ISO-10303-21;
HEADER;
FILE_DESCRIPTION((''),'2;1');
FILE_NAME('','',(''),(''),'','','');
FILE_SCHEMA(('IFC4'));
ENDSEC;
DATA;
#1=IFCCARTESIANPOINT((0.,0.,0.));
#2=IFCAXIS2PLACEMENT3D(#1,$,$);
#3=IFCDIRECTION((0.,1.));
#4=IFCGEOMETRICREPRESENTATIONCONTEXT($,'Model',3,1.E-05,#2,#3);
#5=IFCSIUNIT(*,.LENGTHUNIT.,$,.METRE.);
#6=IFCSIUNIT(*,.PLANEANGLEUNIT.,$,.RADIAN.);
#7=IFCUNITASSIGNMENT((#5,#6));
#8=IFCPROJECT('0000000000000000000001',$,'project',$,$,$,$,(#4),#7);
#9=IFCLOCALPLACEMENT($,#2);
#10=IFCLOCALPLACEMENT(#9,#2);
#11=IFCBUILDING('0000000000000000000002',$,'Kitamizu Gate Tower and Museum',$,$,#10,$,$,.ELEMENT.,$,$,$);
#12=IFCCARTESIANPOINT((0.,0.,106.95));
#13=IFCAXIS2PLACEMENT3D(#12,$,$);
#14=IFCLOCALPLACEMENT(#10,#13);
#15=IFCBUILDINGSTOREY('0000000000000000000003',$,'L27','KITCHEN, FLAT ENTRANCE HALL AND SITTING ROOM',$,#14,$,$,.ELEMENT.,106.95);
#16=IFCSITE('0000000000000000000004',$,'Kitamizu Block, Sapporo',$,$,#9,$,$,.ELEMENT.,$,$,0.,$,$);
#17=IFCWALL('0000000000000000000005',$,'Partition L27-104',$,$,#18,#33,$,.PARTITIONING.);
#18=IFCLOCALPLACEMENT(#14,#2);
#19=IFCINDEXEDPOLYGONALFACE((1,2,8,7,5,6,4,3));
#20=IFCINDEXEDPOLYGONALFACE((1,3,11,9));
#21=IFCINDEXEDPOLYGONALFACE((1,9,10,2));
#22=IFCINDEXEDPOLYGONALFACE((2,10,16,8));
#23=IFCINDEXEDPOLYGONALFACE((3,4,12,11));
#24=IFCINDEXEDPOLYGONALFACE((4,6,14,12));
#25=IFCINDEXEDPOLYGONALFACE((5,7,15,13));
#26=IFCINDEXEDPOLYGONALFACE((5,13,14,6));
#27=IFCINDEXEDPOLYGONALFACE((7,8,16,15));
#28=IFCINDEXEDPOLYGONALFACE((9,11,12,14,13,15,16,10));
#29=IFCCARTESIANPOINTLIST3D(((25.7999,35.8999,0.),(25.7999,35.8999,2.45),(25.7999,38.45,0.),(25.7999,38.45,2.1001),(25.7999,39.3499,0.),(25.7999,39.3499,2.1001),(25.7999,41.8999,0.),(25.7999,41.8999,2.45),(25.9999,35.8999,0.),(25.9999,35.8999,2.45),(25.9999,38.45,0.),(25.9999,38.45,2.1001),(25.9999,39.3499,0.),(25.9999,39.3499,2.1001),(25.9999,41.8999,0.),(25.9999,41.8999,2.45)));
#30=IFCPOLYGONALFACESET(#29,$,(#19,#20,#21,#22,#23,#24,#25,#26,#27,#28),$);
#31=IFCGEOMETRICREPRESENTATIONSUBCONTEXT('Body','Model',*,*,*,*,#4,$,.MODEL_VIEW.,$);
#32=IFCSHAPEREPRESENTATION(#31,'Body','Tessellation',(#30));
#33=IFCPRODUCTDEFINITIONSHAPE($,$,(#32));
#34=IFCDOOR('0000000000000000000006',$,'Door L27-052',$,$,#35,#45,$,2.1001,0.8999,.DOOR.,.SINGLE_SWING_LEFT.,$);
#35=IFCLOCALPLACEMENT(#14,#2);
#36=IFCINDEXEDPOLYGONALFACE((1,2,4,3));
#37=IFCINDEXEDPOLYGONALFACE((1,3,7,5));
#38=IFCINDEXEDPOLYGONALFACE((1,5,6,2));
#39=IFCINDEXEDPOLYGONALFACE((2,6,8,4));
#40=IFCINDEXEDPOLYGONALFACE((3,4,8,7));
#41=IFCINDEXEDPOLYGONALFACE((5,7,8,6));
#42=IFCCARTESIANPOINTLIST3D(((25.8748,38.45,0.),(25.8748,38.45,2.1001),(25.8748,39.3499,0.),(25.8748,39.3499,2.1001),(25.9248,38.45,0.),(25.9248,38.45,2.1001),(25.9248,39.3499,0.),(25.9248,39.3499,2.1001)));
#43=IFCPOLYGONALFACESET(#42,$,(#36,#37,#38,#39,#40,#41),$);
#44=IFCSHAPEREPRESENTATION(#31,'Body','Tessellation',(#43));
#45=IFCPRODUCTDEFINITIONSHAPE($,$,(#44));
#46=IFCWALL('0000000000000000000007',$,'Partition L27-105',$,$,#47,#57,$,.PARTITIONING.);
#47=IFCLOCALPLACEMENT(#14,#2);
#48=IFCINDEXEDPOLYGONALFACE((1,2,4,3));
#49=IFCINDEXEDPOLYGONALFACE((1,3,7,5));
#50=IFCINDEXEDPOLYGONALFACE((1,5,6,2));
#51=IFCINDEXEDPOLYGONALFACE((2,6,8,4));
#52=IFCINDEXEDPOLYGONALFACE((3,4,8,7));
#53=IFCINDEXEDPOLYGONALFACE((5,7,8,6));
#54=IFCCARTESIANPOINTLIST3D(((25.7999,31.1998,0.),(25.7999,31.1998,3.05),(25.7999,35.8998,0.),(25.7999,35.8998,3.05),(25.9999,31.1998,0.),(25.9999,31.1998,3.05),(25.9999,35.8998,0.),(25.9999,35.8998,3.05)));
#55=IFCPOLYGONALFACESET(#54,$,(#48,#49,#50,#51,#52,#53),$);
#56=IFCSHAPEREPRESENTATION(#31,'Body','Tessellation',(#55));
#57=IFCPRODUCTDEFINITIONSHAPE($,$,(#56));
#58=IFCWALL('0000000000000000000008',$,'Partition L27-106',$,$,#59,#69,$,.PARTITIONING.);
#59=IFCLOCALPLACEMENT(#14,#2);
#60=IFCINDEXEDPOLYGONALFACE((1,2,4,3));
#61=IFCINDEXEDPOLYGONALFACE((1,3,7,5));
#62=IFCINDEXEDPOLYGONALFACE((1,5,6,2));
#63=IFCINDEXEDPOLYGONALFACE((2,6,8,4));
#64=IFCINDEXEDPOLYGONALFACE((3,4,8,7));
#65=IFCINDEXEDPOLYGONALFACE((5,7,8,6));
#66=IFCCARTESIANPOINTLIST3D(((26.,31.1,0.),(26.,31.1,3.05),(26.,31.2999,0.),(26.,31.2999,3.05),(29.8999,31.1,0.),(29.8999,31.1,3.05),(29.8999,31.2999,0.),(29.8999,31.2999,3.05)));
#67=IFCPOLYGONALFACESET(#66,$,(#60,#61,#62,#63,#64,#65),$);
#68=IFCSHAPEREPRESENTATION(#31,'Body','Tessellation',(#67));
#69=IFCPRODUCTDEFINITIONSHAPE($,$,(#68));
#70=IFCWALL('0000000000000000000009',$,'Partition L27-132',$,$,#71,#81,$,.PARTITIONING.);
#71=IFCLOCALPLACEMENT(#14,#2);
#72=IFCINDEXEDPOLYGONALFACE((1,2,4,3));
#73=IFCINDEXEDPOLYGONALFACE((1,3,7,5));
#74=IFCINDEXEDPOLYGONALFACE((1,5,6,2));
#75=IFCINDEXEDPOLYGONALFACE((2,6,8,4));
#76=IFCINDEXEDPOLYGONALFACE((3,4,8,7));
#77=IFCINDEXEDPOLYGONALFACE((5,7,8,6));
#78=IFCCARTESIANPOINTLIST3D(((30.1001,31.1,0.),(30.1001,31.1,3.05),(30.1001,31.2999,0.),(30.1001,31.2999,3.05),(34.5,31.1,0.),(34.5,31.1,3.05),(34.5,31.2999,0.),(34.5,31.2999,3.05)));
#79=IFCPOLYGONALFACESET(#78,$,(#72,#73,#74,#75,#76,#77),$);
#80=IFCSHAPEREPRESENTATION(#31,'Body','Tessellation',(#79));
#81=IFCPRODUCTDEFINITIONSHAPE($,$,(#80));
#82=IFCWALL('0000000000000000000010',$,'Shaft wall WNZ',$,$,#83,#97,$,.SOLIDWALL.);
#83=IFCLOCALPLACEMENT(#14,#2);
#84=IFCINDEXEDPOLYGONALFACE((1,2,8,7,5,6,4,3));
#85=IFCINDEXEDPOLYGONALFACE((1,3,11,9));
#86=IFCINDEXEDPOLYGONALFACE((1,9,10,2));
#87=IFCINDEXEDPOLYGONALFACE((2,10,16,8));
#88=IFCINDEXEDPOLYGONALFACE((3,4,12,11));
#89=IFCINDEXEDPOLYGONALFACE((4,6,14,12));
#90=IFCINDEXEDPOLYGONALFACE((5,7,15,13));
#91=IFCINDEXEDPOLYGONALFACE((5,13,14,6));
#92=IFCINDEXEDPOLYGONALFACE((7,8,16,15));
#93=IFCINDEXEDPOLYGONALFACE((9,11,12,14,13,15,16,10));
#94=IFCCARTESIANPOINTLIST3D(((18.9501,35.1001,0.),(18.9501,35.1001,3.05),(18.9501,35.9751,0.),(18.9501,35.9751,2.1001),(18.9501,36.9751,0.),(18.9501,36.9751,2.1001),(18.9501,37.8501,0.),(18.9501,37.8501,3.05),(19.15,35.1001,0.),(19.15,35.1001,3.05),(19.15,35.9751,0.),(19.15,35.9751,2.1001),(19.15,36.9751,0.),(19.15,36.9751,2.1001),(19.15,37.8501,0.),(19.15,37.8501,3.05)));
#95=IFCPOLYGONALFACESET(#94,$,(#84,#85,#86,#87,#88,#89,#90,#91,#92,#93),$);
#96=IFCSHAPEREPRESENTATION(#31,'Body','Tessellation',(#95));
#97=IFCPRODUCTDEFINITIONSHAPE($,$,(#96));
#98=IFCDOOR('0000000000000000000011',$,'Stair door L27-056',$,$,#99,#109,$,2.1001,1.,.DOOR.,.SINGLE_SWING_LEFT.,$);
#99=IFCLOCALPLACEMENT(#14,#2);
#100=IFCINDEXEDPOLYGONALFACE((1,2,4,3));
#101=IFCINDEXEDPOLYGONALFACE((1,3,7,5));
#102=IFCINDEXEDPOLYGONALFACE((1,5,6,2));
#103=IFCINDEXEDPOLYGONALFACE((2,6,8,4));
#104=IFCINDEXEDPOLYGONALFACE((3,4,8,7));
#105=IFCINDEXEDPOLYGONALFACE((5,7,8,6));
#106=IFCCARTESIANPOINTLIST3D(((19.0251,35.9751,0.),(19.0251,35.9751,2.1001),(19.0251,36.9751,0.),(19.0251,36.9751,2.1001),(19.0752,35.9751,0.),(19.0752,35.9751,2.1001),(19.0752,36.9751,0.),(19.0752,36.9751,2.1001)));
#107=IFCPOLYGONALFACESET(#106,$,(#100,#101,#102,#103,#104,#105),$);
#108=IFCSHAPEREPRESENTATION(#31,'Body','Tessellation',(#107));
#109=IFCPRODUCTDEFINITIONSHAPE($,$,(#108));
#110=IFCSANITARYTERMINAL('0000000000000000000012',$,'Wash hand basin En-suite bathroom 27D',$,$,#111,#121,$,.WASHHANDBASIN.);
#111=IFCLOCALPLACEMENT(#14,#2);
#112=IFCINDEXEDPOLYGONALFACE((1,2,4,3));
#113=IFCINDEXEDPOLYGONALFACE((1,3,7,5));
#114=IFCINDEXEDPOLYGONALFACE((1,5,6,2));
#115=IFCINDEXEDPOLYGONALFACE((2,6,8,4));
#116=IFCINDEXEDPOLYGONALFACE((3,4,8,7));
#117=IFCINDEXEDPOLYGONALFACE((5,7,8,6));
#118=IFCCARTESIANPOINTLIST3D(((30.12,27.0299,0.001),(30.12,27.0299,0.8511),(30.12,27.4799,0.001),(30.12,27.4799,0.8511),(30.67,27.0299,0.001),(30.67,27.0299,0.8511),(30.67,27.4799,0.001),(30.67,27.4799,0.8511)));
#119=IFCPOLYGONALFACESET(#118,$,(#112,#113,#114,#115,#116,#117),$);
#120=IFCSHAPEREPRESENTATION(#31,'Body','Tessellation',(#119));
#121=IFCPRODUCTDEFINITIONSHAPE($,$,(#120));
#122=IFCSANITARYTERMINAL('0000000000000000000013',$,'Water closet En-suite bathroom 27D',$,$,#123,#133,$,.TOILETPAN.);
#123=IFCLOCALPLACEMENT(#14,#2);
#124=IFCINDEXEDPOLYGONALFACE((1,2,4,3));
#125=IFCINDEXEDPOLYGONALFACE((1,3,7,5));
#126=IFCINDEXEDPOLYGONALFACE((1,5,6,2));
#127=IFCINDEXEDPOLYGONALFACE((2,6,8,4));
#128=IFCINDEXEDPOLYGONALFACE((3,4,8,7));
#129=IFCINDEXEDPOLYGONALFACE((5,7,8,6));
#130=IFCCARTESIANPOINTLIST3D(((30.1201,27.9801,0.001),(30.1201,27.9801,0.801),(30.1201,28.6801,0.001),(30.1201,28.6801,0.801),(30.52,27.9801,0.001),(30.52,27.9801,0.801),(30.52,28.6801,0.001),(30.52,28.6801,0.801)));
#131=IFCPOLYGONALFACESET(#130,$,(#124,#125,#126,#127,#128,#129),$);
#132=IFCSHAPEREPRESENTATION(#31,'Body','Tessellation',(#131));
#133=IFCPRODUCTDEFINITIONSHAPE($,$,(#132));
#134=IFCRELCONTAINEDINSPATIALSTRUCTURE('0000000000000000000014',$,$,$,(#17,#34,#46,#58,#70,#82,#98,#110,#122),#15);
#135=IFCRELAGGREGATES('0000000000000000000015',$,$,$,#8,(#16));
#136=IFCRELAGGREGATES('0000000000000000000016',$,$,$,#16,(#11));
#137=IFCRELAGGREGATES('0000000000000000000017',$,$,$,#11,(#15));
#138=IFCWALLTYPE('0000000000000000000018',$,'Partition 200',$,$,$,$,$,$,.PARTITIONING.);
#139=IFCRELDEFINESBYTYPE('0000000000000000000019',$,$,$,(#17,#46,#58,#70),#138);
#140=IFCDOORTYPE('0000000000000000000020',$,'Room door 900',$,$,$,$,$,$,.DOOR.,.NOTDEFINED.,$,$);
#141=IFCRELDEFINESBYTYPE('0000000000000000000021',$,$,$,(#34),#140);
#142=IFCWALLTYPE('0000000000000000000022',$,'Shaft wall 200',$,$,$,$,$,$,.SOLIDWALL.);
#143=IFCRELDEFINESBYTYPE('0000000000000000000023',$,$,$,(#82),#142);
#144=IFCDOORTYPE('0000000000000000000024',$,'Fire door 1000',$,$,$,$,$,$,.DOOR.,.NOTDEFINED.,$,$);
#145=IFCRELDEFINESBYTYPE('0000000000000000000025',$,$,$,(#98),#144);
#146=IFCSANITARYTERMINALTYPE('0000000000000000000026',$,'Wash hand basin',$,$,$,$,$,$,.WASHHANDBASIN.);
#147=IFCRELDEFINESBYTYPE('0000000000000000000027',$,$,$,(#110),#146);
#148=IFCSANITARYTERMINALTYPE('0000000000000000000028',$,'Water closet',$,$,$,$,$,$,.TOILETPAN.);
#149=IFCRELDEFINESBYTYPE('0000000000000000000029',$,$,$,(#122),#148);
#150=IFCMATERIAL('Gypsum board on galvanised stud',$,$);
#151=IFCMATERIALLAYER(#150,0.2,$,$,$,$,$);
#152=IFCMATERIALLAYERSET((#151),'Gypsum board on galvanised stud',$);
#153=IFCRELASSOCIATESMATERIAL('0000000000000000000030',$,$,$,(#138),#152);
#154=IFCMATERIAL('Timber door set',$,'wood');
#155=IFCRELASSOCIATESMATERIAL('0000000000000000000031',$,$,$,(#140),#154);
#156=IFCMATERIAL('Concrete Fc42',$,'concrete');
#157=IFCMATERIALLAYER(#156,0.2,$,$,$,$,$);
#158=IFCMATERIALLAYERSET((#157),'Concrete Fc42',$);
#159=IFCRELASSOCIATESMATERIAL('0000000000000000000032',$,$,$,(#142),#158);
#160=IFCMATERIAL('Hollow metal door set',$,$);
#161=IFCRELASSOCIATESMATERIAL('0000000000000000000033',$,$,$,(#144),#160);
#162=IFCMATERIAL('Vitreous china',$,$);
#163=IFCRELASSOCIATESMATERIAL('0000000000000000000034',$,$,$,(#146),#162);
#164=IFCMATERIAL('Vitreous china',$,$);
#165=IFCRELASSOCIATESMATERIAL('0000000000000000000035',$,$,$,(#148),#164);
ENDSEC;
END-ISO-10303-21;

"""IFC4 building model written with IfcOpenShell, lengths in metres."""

from ifc_helpers import new_model, si_unit, direction, frame, frame_2d, origin, origin_2d, place, context, subcontext, project, spatial, rectangle, extrude, material, layer, layer_set, type_object, element, fill, save


model = new_model("IFC4")

# Units and contexts
model_context = context("Model", 3, precision=1e-05, world=origin(), true_north=direction((0.0, 1.0)))
body_context = subcontext(model_context, "Body", "Model", "MODEL_VIEW")
ifc_project = project(units=[si_unit("LENGTHUNIT", "METRE"), si_unit("PLANEANGLEUNIT", "RADIAN")], contexts=[model_context])

# Site, building, storey
site_placement = place(None, origin())
site = spatial("IfcSite", under=ifc_project, at=site_placement, Name="Kitamizu Block, Sapporo", CompositionType="ELEMENT", RefElevation=0.0)
building_placement = place(site_placement, origin())
building = spatial("IfcBuilding", under=site, at=building_placement, Name="Kitamizu Gate Tower and Museum", CompositionType="ELEMENT")
storey_placement = place(building_placement, frame((0.0, 0.0, 106.95)))
storey = spatial("IfcBuildingStorey", under=building, at=storey_placement, Name="L27", Description="KITCHEN, FLAT ENTRANCE HALL AND SITTING ROOM", CompositionType="ELEMENT", Elevation=106.95)

# Shared definitions
ifc_material_1 = material(Name="Gypsum board on galvanised stud")
ifc_layer_1 = layer(ifc_material_1, 0.2)
ifc_layer_set_1 = layer_set([ifc_layer_1], Name="Gypsum board on galvanised stud")
wall_type_1 = type_object("IfcWallType", Name="Partition 200", PredefinedType="PARTITIONING", material=ifc_layer_set_1)

# Wall, opening, door
wall_1_placement = place(storey_placement, frame((25.8999, 41.8999, 0.0), z_axis=(0.0, 0.0, 1.0), x_axis=(0.0, -1.0, 0.0)))
wall_1 = element("IfcWall", 1, at=wall_1_placement, inside=storey, type_object=wall_type_1, Name="Partition L27-104", PredefinedType="PARTITIONING", context=body_context, shape_type="SweptSolid", body=[
    extrude(rectangle(XDim=6.0, YDim=0.2, at=frame_2d((3.0, 0.0))), origin(), (0.0, 0.0, 1.0), 2.45),
])
opening_1_placement = place(wall_1_placement, frame((2.55, 0.0, 0.0)))
opening_1 = element("IfcOpeningElement", 2, at=opening_1_placement, cuts=wall_1, PredefinedType="OPENING", context=body_context, shape_type="SweptSolid", body=[
    extrude(rectangle(XDim=0.8999, YDim=2.1001, at=frame_2d((0.45, 1.05))), frame((0.0, 0.1099, 0.0), z_axis=(0.0, -1.0, 0.0), x_axis=(1.0, 0.0, 0.0)), (0.0, 0.0, 1.0), 0.22),
])
ifc_material_2 = material(Name="Timber door set", Category="wood")
door_type_1 = type_object("IfcDoorType", Name="Room door 900", OperationType="NOTDEFINED", PredefinedType="DOOR", material=ifc_material_2)
door_1_placement = place(opening_1_placement, origin())
door_1 = element("IfcDoor", 3, at=door_1_placement, inside=storey, type_object=door_type_1, Name="Door L27-052", OperationType="SINGLE_SWING_LEFT", OverallHeight=2.1001, OverallWidth=0.8999, PredefinedType="DOOR", context=body_context, shape_type="SweptSolid", body=[
    extrude(rectangle(XDim=0.8999, YDim=2.1001, at=frame_2d((0.45, 1.05))), frame((0.0, 0.0249, 0.0), z_axis=(0.0, -1.0, 0.0), x_axis=(1.0, 0.0, 0.0)), (0.0, 0.0, 1.0), 0.05),
])
fill(opening_1, door_1)

# Walls
wall_2_placement = place(storey_placement, frame((25.8999, 35.8999, 0.0), z_axis=(0.0, 0.0, 1.0), x_axis=(0.0, -1.0, 0.0)))
element("IfcWall", 4, at=wall_2_placement, inside=storey, type_object=wall_type_1, Name="Partition L27-105", PredefinedType="PARTITIONING", context=body_context, shape_type="SweptSolid", body=[
    extrude(rectangle(XDim=4.7, YDim=0.2, at=frame_2d((2.3501, 0.0))), origin(), (0.0, 0.0, 1.0), 3.05),
])
wall_3_placement = place(storey_placement, frame((26.0, 31.2, 0.0), z_axis=(0.0, 0.0, 1.0), x_axis=(1.0, 0.0, 0.0)))
element("IfcWall", 5, at=wall_3_placement, inside=storey, type_object=wall_type_1, Name="Partition L27-106", PredefinedType="PARTITIONING", context=body_context, shape_type="SweptSolid", body=[
    extrude(rectangle(XDim=3.8999, YDim=0.2, at=frame_2d((1.95, 0.0))), origin(), (0.0, 0.0, 1.0), 3.05),
])
wall_4_placement = place(storey_placement, frame((30.1001, 31.2, 0.0), z_axis=(0.0, 0.0, 1.0), x_axis=(1.0, 0.0, 0.0)))
element("IfcWall", 6, at=wall_4_placement, inside=storey, type_object=wall_type_1, Name="Partition L27-132", PredefinedType="PARTITIONING", context=body_context, shape_type="SweptSolid", body=[
    extrude(rectangle(XDim=4.3999, YDim=0.2, at=frame_2d((2.2, 0.0))), origin(), (0.0, 0.0, 1.0), 3.05),
])

# Wall, opening, door
ifc_material_3 = material(Name="Concrete Fc42", Category="concrete")
ifc_layer_2 = layer(ifc_material_3, 0.2)
ifc_layer_set_2 = layer_set([ifc_layer_2], Name="Concrete Fc42")
wall_type_2 = type_object("IfcWallType", Name="Shaft wall 200", PredefinedType="SOLIDWALL", material=ifc_layer_set_2)
wall_5_placement = place(storey_placement, frame((19.05, 35.1001, 0.0), z_axis=(0.0, 0.0, 1.0), x_axis=(0.0, 1.0, 0.0)))
wall_5 = element("IfcWall", 7, at=wall_5_placement, inside=storey, type_object=wall_type_2, Name="Shaft wall WNZ", PredefinedType="SOLIDWALL", context=body_context, shape_type="SweptSolid", body=[
    extrude(rectangle(XDim=2.75, YDim=0.2, at=frame_2d((1.375, 0.0))), origin(), (0.0, 0.0, 1.0), 3.05),
])
opening_2_placement = place(wall_5_placement, frame((0.875, 0.0, 0.0)))
opening_2 = element("IfcOpeningElement", 8, at=opening_2_placement, cuts=wall_5, PredefinedType="OPENING", context=body_context, shape_type="SweptSolid", body=[
    extrude(rectangle(XDim=1.0, YDim=2.1001, at=frame_2d((0.5, 1.05))), frame((0.0, 0.1099, 0.0), z_axis=(0.0, -1.0, 0.0), x_axis=(1.0, 0.0, 0.0)), (0.0, 0.0, 1.0), 0.22),
])
ifc_material_4 = material(Name="Hollow metal door set")
door_type_2 = type_object("IfcDoorType", Name="Fire door 1000", OperationType="NOTDEFINED", PredefinedType="DOOR", material=ifc_material_4)
door_2_placement = place(opening_2_placement, origin())
door_2 = element("IfcDoor", 9, at=door_2_placement, inside=storey, type_object=door_type_2, Name="Stair door L27-056", OperationType="SINGLE_SWING_LEFT", OverallHeight=2.1001, OverallWidth=1.0, PredefinedType="DOOR", context=body_context, shape_type="SweptSolid", body=[
    extrude(rectangle(XDim=1.0, YDim=2.1001, at=frame_2d((0.5, 1.05))), frame((0.0, 0.0249, 0.0), z_axis=(0.0, -1.0, 0.0), x_axis=(1.0, 0.0, 0.0)), (0.0, 0.0, 1.0), 0.05),
])
fill(opening_2, door_2)

# Sanitary terminals
ifc_material_5 = material(Name="Vitreous china")
sanitary_terminal_type_1 = type_object("IfcSanitaryTerminalType", Name="Wash hand basin", PredefinedType="WASHHANDBASIN", material=ifc_material_5)
sanitary_terminal_1_placement = place(storey_placement, frame((30.395, 27.2549, 0.001), z_axis=(0.0, 0.0, 1.0), x_axis=(1.0, 0.0, 0.0)))
element("IfcSanitaryTerminal", 10, at=sanitary_terminal_1_placement, inside=storey, type_object=sanitary_terminal_type_1, Name="Wash hand basin En-suite bathroom 27D", PredefinedType="WASHHANDBASIN", context=body_context, shape_type="SweptSolid", body=[
    extrude(rectangle(XDim=0.55, YDim=0.45, at=origin_2d()), origin(), (0.0, 0.0, 1.0), 0.8501),
])
ifc_material_6 = material(Name="Vitreous china")
sanitary_terminal_type_2 = type_object("IfcSanitaryTerminalType", Name="Water closet", PredefinedType="TOILETPAN", material=ifc_material_6)
sanitary_terminal_2_placement = place(storey_placement, frame((30.3201, 28.3301, 0.001), z_axis=(0.0, 0.0, 1.0), x_axis=(1.0, 0.0, 0.0)))
element("IfcSanitaryTerminal", 11, at=sanitary_terminal_2_placement, inside=storey, type_object=sanitary_terminal_type_2, Name="Water closet En-suite bathroom 27D", PredefinedType="TOILETPAN", context=body_context, shape_type="SweptSolid", body=[
    extrude(rectangle(XDim=0.3999, YDim=0.7, at=origin_2d()), origin(), (0.0, 0.0, 1.0), 0.8),
])

save(model, "model.ifc")
